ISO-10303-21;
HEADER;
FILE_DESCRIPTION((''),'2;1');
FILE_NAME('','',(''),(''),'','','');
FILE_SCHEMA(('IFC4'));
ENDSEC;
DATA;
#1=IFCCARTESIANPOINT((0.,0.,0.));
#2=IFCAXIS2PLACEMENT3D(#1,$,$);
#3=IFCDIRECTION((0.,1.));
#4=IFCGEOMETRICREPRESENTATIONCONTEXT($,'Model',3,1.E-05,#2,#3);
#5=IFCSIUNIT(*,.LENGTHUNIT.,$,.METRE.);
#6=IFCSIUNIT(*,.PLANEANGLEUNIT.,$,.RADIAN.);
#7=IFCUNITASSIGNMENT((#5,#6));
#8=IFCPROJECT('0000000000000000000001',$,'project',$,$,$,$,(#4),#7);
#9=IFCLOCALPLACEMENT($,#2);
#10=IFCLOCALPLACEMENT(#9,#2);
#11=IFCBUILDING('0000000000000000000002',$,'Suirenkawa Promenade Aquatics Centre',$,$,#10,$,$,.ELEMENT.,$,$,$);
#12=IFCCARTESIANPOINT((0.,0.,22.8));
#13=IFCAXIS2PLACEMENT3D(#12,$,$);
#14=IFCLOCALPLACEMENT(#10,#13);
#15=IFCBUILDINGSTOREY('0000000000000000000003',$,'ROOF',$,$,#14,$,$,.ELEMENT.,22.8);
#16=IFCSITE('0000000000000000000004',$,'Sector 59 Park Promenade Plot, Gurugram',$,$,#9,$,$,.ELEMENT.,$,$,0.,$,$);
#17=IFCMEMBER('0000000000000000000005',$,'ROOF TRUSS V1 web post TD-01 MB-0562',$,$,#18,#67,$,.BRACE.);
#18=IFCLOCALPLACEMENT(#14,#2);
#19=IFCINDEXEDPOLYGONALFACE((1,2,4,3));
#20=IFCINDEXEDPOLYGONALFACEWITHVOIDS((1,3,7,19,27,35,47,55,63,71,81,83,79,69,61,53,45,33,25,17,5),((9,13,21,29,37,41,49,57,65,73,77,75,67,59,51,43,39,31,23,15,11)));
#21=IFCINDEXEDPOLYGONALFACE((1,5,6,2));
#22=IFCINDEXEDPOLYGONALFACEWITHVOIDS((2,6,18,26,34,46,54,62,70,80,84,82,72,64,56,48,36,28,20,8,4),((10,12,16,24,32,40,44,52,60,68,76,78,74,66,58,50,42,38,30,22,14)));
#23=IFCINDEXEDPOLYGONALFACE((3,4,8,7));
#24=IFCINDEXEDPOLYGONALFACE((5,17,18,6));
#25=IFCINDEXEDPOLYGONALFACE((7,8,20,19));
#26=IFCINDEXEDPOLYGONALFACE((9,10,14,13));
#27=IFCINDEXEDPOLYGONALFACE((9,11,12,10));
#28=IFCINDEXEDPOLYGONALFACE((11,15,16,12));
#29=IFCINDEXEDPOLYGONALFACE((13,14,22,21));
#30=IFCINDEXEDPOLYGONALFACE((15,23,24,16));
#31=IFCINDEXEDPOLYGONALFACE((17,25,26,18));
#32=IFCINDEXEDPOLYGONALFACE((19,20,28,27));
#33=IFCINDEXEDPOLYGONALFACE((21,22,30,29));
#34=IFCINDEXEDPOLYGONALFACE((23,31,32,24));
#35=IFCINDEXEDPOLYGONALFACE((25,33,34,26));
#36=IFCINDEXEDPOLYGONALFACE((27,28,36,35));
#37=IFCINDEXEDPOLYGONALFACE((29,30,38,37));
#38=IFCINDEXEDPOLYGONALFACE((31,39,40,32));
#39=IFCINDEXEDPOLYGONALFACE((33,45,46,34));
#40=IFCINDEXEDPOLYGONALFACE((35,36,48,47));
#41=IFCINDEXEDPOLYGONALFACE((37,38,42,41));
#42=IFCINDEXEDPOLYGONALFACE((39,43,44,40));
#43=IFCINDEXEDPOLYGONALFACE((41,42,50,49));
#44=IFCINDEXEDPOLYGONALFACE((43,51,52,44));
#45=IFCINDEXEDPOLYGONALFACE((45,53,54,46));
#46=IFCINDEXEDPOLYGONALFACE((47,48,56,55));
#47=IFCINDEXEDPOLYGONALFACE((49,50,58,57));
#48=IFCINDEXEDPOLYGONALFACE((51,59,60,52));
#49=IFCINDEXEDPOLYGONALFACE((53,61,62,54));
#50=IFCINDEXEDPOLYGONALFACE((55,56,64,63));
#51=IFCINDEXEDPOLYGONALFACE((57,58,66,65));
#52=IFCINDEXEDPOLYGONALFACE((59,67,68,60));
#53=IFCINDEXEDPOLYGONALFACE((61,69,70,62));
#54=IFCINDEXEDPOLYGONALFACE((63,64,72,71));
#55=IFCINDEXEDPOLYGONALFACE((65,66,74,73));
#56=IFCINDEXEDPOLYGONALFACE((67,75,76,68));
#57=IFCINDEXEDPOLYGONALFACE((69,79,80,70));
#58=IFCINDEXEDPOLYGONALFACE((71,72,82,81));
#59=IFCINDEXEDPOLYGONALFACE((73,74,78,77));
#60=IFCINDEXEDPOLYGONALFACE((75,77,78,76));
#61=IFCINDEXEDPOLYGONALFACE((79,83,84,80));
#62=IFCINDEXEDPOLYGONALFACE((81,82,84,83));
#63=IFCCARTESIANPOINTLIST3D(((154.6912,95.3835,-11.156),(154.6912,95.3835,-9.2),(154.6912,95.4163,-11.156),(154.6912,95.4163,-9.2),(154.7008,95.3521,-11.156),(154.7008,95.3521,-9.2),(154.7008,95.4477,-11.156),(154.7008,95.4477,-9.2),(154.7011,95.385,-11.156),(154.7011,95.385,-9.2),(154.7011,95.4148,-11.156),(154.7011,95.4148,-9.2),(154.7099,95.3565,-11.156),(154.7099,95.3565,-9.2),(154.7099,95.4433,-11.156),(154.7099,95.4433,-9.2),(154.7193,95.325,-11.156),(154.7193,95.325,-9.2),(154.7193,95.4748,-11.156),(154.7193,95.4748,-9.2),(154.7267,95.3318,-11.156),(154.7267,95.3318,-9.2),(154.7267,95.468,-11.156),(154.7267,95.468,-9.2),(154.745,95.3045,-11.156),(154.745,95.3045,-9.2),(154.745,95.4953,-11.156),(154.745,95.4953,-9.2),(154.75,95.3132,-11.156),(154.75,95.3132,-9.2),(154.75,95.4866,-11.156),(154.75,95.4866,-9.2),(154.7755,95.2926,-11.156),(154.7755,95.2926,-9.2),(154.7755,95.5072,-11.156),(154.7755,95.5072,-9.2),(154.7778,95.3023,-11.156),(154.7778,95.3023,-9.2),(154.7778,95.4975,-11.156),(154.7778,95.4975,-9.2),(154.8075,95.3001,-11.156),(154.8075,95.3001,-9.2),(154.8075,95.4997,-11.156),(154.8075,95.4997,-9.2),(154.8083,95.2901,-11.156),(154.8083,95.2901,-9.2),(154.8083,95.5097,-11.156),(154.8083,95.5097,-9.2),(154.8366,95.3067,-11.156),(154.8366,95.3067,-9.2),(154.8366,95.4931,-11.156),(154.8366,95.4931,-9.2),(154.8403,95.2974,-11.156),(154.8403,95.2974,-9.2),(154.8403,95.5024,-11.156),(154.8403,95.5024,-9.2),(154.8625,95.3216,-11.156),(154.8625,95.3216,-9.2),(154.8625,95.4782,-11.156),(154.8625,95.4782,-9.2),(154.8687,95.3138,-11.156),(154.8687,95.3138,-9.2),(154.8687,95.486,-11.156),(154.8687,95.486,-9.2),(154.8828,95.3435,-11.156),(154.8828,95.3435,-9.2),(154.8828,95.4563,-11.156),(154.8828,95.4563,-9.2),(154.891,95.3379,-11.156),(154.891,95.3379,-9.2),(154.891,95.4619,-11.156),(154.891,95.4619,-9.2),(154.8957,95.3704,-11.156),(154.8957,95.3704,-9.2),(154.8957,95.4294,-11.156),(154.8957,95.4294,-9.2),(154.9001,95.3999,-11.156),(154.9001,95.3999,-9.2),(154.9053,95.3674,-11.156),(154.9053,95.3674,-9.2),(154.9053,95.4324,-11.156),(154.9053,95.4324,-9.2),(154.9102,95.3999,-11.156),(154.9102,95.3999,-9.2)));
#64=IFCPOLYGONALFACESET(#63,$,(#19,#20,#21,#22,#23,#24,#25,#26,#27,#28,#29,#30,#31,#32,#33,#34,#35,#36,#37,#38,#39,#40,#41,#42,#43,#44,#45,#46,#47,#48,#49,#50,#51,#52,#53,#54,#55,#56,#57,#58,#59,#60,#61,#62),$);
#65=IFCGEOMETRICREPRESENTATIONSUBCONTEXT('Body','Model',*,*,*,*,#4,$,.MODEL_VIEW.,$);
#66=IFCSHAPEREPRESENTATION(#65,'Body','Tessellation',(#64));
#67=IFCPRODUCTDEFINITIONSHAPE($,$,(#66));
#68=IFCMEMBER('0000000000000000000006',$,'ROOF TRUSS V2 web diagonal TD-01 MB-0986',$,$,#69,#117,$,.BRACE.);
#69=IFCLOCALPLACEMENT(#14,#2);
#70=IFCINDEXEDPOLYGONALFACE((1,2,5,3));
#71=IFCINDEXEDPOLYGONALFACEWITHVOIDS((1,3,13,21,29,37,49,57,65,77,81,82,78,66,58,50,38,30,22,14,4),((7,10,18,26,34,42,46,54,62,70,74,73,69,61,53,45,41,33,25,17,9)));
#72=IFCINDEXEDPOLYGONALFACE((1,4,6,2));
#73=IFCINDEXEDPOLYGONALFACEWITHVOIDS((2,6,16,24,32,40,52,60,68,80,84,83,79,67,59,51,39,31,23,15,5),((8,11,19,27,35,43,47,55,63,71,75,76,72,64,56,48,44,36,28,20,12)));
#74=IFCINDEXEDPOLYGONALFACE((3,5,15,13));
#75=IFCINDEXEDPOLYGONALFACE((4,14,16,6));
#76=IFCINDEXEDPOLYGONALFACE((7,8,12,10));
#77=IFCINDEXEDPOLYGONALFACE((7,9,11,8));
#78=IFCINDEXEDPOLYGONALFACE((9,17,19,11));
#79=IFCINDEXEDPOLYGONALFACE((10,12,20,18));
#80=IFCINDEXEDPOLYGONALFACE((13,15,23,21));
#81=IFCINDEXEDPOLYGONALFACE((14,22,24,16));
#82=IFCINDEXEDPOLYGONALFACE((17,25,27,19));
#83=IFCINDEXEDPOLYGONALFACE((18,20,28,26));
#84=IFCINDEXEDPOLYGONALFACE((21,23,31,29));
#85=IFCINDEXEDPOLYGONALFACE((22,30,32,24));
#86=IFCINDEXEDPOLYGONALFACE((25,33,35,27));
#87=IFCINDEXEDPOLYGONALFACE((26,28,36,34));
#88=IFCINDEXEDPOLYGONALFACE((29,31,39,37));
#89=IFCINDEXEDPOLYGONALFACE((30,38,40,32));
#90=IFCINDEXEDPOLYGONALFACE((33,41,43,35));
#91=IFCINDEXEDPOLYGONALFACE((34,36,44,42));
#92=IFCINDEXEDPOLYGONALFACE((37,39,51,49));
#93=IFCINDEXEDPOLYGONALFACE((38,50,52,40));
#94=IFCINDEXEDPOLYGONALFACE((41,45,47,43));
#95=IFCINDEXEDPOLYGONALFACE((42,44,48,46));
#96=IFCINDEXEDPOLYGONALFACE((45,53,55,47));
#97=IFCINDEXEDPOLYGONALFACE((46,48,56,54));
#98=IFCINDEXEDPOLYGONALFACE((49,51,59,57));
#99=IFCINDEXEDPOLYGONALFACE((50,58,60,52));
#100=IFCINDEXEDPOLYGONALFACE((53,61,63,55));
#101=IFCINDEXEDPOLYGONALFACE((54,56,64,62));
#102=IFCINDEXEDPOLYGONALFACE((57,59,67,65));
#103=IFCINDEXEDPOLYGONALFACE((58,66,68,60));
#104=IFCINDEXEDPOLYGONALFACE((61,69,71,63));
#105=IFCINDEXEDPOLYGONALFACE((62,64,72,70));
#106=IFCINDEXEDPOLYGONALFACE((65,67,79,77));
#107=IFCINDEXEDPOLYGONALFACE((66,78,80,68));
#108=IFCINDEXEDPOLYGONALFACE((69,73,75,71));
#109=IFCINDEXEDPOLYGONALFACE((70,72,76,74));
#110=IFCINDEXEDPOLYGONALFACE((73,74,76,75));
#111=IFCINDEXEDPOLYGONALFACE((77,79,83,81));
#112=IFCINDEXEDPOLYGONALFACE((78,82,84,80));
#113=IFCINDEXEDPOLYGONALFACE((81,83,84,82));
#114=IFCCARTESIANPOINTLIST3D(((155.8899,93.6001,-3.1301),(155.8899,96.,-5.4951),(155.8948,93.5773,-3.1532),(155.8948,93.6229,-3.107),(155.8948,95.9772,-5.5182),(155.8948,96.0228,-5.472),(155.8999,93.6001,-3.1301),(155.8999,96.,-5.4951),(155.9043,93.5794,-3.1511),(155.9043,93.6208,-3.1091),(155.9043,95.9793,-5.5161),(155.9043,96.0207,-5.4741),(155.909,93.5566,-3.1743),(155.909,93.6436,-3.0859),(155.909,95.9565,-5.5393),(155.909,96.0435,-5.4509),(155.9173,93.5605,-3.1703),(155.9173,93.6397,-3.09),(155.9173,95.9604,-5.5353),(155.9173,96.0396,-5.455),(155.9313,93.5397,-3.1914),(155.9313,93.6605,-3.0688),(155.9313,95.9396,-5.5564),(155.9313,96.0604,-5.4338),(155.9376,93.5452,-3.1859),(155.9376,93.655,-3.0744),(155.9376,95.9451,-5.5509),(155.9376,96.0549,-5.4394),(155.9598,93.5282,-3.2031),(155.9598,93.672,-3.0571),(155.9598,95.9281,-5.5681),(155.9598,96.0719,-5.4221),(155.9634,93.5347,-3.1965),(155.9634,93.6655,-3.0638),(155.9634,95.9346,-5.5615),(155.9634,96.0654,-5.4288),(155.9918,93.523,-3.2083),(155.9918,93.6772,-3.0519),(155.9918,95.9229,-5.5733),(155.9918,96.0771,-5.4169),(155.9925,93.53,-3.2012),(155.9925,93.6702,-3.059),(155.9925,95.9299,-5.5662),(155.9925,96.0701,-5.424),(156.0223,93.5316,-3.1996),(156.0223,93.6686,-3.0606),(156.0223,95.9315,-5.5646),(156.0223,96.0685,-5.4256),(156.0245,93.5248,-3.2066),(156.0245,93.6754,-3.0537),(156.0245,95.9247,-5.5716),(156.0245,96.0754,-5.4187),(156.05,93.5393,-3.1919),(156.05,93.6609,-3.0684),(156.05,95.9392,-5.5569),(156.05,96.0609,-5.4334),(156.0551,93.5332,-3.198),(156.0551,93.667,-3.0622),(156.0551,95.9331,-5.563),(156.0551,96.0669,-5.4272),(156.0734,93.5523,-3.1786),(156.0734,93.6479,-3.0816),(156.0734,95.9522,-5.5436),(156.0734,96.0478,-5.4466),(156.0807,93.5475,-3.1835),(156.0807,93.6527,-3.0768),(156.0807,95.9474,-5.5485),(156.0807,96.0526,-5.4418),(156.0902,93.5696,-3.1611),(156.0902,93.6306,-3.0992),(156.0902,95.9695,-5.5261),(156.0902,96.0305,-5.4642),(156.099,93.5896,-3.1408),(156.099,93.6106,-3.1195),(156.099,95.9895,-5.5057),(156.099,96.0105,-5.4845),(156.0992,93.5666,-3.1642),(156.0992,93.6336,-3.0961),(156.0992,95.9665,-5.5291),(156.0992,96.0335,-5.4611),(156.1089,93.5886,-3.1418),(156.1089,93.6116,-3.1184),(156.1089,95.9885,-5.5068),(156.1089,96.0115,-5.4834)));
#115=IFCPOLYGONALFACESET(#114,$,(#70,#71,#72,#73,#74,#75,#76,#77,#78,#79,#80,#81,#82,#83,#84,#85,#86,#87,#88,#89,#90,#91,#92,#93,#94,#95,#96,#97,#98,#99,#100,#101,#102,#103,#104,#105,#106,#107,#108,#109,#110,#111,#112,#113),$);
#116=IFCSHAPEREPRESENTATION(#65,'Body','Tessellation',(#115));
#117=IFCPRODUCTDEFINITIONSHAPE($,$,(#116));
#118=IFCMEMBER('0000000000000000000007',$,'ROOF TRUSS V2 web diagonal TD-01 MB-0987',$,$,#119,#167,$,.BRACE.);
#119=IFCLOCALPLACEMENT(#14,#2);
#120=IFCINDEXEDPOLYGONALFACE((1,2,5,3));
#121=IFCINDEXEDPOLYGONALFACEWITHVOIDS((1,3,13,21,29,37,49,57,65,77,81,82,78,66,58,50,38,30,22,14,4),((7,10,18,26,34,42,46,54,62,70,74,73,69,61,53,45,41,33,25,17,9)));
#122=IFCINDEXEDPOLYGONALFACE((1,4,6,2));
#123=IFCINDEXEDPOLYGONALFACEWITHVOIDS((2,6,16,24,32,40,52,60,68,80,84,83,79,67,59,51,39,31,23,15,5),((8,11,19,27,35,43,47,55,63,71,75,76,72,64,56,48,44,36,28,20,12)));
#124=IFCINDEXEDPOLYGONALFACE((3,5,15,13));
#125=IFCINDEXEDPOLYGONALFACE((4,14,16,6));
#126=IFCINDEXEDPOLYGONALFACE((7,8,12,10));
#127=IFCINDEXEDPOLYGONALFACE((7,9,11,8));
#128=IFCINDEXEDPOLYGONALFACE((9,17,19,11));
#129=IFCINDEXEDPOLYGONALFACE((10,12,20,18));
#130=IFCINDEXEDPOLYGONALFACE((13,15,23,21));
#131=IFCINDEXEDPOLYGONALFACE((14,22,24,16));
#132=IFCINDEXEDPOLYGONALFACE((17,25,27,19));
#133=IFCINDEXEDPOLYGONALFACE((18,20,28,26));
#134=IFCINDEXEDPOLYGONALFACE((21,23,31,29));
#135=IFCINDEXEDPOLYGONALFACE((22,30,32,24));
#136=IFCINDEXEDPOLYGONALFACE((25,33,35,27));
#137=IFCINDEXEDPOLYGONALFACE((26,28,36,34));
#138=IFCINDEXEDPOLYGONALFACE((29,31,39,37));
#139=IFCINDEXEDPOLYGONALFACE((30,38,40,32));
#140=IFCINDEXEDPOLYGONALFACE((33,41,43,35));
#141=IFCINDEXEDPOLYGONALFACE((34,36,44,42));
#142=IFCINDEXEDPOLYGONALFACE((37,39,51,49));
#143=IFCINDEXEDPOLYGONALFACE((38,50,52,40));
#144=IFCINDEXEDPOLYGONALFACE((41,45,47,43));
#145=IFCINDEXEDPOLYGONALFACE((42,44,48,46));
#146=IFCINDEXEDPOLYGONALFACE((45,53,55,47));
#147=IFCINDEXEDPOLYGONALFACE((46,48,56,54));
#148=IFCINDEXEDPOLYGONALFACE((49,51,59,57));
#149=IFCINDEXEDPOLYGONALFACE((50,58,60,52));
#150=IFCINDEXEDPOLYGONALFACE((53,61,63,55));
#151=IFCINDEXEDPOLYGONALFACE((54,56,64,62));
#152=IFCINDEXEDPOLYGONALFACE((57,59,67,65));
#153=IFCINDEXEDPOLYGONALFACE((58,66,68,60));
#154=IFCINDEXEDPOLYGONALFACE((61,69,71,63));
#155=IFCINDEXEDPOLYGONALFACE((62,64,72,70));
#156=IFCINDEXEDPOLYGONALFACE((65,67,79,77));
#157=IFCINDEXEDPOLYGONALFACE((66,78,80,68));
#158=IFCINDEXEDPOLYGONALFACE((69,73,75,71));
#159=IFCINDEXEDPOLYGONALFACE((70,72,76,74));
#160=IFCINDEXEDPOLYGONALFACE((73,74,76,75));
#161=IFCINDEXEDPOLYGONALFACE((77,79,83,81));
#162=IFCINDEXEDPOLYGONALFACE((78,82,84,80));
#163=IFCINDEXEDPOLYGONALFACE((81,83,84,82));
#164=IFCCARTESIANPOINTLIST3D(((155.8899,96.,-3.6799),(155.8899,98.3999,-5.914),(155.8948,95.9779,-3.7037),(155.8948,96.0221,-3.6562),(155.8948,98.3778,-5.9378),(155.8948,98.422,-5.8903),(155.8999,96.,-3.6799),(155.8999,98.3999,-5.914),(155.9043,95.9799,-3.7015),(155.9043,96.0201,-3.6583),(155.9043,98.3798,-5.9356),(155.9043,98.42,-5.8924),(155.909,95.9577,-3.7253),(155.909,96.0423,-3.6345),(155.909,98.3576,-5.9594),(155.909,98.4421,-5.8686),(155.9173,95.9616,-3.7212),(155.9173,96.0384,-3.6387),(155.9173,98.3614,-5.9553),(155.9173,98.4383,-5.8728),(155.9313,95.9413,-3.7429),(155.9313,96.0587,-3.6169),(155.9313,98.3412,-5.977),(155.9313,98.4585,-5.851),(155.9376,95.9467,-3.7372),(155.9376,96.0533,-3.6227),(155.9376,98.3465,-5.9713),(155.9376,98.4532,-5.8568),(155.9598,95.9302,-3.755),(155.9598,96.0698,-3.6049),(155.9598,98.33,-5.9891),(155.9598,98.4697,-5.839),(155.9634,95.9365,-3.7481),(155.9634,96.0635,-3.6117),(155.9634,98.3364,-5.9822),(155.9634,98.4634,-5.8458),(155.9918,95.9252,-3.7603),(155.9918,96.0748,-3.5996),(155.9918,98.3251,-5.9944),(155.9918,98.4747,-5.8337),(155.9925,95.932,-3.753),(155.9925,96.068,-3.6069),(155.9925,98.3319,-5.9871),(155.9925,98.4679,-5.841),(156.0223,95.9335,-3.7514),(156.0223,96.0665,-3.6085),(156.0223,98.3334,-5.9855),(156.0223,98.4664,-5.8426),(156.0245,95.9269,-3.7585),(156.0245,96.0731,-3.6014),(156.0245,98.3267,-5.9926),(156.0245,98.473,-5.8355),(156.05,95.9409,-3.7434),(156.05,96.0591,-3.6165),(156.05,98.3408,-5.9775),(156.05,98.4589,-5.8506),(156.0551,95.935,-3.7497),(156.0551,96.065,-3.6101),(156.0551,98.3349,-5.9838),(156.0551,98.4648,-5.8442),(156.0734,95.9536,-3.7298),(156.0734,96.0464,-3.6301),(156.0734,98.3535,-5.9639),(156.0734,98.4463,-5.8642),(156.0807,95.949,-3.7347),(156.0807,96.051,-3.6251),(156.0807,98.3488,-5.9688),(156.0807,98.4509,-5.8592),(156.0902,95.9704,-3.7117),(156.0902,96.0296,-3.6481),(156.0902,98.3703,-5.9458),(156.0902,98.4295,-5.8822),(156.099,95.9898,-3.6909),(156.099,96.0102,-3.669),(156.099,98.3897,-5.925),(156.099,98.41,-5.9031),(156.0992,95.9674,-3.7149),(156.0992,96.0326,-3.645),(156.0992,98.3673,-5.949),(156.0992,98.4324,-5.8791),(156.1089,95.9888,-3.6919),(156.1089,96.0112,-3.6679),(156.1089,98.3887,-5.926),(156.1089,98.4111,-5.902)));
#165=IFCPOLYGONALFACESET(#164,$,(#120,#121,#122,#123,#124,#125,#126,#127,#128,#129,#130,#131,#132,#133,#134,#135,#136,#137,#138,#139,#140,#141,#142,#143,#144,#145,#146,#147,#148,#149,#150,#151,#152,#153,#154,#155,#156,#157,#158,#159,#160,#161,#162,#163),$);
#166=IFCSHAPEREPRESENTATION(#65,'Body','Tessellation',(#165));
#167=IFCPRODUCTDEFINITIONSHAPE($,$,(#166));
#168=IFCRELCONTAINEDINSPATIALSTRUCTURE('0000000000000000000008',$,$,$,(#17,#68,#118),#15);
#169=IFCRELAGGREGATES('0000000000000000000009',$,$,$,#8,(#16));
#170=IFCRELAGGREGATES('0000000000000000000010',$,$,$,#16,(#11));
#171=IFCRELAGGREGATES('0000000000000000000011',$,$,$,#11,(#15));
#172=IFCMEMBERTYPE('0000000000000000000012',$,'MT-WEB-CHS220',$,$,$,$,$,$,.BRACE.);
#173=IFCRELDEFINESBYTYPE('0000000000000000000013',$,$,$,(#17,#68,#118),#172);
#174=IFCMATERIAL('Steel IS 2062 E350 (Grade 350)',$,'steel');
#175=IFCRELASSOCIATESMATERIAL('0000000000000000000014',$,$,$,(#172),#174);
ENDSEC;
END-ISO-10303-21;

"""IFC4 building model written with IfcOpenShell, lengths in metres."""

from ifc_helpers import new_model, si_unit, direction, frame, origin, origin_2d, place, context, subcontext, project, spatial, hollow_circle, extrude, material, material_profile, profile_set, type_object, element, save


model = new_model("IFC4")

# Units and contexts
model_context = context("Model", 3, precision=1e-05, world=origin(), true_north=direction((0.0, 1.0)))
body_context = subcontext(model_context, "Body", "Model", "MODEL_VIEW")
ifc_project = project(units=[si_unit("LENGTHUNIT", "METRE"), si_unit("PLANEANGLEUNIT", "RADIAN")], contexts=[model_context])

# Site, building, storey
site_placement = place(None, origin())
site = spatial("IfcSite", under=ifc_project, at=site_placement, Name="Sector 59 Park Promenade Plot, Gurugram", CompositionType="ELEMENT", RefElevation=0.0)
building_placement = place(site_placement, origin())
building = spatial("IfcBuilding", under=site, at=building_placement, Name="Suirenkawa Promenade Aquatics Centre", CompositionType="ELEMENT")
storey_placement = place(building_placement, frame((0.0, 0.0, 22.8)))
storey = spatial("IfcBuildingStorey", under=building, at=storey_placement, Name="ROOF", CompositionType="ELEMENT", Elevation=22.8)

# Shared definitions
ifc_material = material(Name="Steel IS 2062 E350 (Grade 350)", Category="steel")

# Members
ifc_material_profile_1 = material_profile(ifc_material, hollow_circle(Radius=0.1101, WallThickness=0.01, at=origin_2d()), Name="CHS 220x10", Category="steel")
ifc_profile_set_1 = profile_set([ifc_material_profile_1], Name="Steel IS 2062 E350 (Grade 350)")
member_type_1 = type_object("IfcMemberType", Name="MT-WEB-CHS220", PredefinedType="BRACE", material=ifc_profile_set_1)
member_1_placement = place(storey_placement, frame((154.8, 95.3999, -11.156), z_axis=(0.0, 0.0, 1.0), x_axis=(1.0, 0.0, 0.0)))
element("IfcMember", 1, at=member_1_placement, inside=storey, type_object=member_type_1, Name="ROOF TRUSS V1 web post TD-01 MB-0562", PredefinedType="BRACE", context=body_context, shape_type="SweptSolid", body=[
    extrude(hollow_circle(Radius=0.1101, WallThickness=0.01, at=origin_2d()), origin(), (0.0, 0.0, 1.0), 1.9561),
])
member_2_placement = place(storey_placement, frame((156.0, 93.6001, -3.1301), z_axis=(0.0, 0.712269, -0.701907), x_axis=(-1.0, 0.0, 0.0)))
element("IfcMember", 2, at=member_2_placement, inside=storey, type_object=member_type_1, Name="ROOF TRUSS V2 web diagonal TD-01 MB-0986", PredefinedType="BRACE", context=body_context, shape_type="SweptSolid", body=[
    extrude(hollow_circle(Radius=0.1101, WallThickness=0.01, at=origin_2d()), origin(), (0.0, 0.0, 1.0), 3.3694),
])
member_3_placement = place(storey_placement, frame((156.0, 96.0, -3.6799), z_axis=(0.0, 0.731934, -0.681376), x_axis=(-1.0, 0.0, 0.0)))
element("IfcMember", 3, at=member_3_placement, inside=storey, type_object=member_type_1, Name="ROOF TRUSS V2 web diagonal TD-01 MB-0987", PredefinedType="BRACE", context=body_context, shape_type="SweptSolid", body=[
    extrude(hollow_circle(Radius=0.1101, WallThickness=0.01, at=origin_2d()), origin(), (0.0, 0.0, 1.0), 3.2788),
])

save(model, "model.ifc")
